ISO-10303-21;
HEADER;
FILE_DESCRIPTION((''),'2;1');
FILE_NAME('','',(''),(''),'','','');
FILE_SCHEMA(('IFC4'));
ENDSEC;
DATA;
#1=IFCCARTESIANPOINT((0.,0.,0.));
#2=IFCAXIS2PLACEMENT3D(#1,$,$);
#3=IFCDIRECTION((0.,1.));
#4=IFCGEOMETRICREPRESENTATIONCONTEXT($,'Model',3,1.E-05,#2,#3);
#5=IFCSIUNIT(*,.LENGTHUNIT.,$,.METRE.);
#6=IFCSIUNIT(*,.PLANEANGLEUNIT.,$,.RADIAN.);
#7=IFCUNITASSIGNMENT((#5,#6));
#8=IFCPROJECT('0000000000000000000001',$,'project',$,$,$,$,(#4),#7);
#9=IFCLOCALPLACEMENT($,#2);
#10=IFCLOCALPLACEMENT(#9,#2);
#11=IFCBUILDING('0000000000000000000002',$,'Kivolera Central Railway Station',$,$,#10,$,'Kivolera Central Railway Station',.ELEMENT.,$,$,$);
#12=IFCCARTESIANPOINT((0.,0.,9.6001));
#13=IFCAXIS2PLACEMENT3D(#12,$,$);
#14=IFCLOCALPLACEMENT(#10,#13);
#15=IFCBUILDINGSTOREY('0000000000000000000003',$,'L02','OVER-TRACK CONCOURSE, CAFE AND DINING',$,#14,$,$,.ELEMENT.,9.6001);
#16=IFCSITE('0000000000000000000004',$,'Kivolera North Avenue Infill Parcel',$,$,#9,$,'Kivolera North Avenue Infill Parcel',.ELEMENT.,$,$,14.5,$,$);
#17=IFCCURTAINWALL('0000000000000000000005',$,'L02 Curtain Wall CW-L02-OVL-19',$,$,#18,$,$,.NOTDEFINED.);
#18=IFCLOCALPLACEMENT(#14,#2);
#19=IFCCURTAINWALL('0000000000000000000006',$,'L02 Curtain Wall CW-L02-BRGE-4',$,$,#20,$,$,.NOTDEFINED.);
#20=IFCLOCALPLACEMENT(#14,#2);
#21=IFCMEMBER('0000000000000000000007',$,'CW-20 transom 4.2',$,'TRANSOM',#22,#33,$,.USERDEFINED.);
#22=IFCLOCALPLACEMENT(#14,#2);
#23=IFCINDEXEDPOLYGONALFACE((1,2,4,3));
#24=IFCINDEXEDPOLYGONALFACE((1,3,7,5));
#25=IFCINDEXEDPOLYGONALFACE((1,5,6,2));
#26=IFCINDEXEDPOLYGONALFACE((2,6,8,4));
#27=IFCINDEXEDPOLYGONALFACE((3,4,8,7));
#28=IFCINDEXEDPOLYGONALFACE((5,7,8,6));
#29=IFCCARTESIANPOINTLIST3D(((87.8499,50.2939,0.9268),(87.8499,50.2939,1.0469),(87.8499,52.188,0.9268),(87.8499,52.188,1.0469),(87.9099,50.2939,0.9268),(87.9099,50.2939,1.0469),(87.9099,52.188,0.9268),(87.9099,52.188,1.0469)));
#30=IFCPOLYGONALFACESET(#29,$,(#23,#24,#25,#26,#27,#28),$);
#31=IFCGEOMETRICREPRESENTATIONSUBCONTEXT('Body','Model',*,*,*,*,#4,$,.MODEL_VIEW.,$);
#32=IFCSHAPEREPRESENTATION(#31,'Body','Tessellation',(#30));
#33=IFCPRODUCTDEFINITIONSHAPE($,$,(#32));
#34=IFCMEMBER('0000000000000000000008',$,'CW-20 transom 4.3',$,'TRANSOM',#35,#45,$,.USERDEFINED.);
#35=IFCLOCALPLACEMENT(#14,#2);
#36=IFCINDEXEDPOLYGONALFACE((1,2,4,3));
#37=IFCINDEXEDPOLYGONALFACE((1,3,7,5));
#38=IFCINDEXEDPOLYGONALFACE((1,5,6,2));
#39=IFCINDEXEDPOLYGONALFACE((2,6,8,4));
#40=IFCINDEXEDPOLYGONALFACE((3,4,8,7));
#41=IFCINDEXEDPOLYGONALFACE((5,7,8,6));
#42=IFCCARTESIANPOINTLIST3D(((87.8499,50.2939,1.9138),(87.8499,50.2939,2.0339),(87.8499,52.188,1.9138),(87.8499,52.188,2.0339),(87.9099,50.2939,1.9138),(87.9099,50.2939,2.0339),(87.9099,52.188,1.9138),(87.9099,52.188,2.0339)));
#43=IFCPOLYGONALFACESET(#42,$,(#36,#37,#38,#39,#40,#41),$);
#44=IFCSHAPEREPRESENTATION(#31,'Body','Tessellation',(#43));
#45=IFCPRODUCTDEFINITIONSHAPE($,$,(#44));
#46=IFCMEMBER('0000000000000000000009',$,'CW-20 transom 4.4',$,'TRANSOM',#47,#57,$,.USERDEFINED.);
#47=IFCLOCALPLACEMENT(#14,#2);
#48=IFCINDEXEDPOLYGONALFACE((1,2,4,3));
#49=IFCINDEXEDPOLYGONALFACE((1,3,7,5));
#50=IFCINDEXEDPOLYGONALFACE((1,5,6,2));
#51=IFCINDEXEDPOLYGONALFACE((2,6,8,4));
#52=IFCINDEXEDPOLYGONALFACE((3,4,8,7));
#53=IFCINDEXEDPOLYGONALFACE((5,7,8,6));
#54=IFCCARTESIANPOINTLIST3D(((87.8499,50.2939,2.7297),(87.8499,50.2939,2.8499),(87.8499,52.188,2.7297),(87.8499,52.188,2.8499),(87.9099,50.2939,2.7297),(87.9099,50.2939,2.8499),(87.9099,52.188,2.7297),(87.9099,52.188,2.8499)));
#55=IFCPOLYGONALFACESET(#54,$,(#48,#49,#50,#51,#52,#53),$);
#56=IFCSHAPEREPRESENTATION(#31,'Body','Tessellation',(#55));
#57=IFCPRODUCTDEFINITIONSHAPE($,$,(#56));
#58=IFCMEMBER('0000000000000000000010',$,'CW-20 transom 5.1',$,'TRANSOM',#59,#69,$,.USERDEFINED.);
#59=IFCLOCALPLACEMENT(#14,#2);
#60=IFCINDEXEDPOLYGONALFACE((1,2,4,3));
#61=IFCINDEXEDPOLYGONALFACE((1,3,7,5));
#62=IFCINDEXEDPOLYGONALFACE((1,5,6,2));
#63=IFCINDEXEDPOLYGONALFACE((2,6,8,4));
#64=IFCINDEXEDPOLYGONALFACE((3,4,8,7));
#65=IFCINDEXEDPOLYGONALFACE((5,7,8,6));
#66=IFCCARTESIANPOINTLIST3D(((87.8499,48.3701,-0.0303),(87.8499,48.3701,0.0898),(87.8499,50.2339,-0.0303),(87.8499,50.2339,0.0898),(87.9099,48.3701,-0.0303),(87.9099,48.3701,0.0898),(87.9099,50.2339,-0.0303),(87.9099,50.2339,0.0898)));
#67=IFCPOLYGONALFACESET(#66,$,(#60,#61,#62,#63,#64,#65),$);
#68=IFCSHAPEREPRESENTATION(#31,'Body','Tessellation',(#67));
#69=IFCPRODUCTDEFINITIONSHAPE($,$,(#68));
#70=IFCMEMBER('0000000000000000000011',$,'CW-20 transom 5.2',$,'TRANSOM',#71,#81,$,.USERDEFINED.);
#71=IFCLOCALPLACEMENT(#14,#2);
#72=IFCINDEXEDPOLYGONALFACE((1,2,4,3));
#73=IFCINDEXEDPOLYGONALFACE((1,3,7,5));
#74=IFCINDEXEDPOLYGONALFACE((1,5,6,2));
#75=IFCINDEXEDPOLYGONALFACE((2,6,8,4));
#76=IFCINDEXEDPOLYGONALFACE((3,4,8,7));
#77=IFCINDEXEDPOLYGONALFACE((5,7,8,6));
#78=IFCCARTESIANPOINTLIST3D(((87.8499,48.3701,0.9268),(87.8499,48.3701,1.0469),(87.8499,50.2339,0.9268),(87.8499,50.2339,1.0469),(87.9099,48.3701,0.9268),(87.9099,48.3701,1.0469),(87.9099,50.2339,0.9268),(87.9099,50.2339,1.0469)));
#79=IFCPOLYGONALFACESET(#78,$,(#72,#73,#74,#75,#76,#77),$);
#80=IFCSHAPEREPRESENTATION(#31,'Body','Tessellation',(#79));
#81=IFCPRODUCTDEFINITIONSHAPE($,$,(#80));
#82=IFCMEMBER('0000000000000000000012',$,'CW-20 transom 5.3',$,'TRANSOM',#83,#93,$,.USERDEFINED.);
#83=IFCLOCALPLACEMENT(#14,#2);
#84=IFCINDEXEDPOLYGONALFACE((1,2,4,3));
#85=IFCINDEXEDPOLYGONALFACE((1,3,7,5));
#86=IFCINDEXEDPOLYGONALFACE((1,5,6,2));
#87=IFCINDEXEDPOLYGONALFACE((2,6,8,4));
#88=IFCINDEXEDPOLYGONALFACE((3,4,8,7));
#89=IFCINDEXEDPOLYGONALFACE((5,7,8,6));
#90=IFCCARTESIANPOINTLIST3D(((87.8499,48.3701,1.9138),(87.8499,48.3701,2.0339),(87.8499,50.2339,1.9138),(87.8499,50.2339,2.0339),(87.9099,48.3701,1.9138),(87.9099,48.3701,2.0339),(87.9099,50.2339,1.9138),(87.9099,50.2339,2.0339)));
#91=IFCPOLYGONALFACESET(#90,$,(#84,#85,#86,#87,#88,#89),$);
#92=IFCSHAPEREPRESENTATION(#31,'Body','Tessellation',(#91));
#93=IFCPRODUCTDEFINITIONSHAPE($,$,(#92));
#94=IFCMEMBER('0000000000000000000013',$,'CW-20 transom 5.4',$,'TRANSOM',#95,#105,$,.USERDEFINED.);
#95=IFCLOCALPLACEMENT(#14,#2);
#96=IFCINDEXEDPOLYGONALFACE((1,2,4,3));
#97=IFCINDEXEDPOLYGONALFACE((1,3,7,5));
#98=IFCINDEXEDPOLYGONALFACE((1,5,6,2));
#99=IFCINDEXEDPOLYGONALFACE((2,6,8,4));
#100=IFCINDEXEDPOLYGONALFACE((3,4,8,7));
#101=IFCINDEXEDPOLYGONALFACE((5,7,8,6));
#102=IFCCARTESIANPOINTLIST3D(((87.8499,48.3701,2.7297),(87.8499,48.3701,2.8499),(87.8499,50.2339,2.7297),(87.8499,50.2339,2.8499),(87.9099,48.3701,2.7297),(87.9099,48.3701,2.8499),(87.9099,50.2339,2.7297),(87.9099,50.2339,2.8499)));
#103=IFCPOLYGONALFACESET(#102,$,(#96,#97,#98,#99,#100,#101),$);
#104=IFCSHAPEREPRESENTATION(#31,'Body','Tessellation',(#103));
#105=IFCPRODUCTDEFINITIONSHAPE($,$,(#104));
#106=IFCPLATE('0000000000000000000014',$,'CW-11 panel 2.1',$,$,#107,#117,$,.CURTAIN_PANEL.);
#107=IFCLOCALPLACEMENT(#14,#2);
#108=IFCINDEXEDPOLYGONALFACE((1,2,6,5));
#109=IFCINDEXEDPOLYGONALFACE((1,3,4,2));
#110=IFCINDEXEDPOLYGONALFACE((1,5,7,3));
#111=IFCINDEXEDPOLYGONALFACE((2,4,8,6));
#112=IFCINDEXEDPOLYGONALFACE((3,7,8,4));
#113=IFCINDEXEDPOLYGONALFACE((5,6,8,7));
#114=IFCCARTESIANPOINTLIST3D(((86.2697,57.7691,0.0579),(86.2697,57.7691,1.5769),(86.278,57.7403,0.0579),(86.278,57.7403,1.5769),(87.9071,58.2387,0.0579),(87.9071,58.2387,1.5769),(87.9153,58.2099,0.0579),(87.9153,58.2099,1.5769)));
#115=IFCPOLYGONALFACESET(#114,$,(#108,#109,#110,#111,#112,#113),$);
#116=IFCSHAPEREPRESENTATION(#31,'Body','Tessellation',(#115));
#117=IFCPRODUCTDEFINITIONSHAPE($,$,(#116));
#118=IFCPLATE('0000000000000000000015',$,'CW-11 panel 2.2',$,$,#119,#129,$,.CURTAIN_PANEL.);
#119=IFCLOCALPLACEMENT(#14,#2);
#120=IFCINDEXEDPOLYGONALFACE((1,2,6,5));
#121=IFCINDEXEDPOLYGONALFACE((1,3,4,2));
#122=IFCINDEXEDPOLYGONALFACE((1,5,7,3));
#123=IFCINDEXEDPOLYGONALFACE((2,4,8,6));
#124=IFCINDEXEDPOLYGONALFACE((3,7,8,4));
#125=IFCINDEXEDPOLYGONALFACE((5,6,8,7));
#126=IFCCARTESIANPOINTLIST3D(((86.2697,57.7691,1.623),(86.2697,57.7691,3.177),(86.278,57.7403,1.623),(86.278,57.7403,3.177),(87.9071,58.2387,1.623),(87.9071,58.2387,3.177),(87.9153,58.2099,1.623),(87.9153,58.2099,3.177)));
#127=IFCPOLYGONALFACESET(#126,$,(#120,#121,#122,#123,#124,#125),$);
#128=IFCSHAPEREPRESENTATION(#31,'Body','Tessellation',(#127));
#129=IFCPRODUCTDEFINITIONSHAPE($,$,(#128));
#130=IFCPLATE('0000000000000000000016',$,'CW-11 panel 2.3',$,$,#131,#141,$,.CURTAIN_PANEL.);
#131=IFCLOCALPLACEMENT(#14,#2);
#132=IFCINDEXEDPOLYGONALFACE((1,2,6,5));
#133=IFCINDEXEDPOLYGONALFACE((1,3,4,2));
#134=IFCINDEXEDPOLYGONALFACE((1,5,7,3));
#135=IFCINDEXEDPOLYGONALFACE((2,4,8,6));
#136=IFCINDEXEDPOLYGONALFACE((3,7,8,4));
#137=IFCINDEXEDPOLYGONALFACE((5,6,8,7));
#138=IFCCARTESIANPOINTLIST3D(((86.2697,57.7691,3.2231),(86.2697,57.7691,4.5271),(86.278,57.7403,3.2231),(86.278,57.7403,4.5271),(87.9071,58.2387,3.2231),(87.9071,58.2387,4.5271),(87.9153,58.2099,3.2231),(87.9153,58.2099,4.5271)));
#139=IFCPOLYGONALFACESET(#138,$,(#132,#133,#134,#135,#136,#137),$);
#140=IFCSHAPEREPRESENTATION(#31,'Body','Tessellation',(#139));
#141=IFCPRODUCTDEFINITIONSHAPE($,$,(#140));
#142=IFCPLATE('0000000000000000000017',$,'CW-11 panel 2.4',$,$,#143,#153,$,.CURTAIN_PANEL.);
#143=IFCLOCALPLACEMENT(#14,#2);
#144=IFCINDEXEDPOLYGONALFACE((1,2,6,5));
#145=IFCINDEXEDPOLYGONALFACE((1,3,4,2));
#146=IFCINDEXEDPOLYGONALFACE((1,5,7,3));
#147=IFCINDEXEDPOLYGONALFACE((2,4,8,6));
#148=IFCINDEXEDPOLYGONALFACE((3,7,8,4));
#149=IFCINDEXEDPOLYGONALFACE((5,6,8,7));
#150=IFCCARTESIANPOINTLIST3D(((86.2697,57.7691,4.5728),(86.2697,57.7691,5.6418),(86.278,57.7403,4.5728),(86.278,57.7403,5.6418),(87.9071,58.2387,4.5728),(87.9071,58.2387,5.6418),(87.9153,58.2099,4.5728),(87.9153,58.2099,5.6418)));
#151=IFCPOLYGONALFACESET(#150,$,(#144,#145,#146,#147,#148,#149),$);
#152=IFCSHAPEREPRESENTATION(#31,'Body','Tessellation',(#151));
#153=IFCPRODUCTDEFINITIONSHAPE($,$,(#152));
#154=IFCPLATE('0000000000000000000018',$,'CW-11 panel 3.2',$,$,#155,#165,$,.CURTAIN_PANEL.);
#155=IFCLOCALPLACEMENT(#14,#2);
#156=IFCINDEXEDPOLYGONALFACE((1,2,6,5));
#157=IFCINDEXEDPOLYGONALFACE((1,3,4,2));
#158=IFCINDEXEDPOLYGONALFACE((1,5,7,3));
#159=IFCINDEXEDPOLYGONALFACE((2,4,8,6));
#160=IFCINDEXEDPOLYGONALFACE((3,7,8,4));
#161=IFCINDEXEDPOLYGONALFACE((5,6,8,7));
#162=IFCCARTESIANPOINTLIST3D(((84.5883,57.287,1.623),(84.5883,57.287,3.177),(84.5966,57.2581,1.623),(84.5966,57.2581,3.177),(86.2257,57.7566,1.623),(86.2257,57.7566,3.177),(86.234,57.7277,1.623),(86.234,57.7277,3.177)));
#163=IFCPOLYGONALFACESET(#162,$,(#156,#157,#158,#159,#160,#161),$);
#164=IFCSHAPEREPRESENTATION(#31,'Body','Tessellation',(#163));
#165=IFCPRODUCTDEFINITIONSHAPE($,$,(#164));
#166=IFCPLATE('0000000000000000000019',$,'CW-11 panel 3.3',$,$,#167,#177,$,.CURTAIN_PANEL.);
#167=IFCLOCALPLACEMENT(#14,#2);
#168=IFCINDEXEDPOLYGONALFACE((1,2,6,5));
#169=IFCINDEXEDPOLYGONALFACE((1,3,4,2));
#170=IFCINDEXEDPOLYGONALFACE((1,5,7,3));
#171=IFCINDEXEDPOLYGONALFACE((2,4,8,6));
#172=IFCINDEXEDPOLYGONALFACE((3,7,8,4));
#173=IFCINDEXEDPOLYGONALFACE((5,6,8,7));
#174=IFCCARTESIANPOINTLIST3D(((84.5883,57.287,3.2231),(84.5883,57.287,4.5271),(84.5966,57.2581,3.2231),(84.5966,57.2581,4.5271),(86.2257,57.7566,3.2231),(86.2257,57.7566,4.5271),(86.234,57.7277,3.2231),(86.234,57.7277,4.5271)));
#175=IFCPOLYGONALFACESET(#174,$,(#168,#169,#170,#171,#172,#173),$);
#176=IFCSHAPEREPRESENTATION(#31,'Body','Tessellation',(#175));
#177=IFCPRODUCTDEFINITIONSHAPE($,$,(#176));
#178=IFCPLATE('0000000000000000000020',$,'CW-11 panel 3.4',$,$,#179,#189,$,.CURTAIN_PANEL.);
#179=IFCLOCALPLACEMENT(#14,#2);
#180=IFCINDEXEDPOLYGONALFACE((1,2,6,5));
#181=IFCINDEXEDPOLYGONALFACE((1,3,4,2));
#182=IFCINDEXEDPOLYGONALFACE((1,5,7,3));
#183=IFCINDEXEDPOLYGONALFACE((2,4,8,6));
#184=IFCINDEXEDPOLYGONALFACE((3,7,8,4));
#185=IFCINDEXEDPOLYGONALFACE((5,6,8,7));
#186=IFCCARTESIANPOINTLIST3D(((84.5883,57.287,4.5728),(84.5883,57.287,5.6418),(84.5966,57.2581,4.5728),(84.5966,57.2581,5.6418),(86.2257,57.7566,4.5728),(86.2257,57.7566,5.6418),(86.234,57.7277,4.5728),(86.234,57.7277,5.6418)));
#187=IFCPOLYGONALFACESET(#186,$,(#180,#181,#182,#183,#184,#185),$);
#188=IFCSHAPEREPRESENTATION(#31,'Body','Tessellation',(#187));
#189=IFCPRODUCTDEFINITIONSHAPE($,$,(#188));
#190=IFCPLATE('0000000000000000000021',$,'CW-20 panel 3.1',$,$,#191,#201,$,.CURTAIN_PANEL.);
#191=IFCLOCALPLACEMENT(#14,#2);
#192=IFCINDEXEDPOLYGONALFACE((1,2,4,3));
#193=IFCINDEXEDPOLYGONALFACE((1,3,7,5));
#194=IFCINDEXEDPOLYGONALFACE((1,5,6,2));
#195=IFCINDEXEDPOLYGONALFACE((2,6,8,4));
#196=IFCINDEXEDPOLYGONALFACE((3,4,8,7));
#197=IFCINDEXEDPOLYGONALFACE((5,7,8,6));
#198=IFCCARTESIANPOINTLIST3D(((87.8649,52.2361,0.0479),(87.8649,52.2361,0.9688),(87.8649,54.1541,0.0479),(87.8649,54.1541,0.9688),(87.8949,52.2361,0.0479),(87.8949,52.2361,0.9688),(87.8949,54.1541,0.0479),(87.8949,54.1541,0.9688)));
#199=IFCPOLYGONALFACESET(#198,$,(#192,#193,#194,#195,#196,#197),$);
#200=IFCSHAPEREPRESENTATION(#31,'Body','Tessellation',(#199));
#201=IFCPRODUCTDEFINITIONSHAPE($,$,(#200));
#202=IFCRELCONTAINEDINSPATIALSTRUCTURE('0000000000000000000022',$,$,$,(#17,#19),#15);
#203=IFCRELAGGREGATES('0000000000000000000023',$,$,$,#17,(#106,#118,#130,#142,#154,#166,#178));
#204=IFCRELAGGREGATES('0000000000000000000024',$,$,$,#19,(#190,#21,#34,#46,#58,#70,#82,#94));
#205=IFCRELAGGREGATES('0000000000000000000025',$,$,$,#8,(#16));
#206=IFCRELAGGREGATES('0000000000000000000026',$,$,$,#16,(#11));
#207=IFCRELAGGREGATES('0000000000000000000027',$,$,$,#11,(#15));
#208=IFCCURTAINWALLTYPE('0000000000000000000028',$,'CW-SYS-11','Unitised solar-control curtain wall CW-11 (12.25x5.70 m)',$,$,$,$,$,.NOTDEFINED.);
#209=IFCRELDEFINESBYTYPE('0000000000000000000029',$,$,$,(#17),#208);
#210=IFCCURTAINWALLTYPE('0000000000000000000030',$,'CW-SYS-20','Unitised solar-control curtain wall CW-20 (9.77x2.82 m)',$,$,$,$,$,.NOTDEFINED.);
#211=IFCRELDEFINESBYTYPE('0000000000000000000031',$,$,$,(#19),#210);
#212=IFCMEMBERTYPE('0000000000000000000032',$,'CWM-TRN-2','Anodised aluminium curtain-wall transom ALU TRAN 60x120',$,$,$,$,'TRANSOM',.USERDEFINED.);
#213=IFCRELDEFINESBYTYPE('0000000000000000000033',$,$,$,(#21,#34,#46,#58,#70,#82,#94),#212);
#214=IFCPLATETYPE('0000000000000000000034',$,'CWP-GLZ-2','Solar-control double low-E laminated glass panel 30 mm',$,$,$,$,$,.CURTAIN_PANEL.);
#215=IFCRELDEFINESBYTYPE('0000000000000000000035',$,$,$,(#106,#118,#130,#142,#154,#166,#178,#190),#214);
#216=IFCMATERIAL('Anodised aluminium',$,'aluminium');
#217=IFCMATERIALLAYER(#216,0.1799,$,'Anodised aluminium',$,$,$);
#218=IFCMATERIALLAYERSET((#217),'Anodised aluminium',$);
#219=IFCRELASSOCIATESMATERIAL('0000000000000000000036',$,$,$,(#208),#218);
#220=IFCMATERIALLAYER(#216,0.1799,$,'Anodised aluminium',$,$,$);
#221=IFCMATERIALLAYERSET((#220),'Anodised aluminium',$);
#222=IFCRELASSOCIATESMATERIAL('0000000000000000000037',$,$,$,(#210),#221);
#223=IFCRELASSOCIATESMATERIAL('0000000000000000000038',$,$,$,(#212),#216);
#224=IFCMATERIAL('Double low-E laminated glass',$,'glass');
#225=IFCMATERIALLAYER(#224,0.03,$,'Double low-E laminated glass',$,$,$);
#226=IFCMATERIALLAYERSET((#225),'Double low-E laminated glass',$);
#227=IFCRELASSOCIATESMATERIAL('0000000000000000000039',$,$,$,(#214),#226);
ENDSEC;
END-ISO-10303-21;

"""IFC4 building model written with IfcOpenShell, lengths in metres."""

from ifc_helpers import new_model, si_unit, direction, frame, origin, origin_2d, place, context, subcontext, project, spatial, rectangle, extrude, material, layer, layer_set, material_profile, profile_set, type_object, element, aggregate, save


model = new_model("IFC4")

# Units and contexts
model_context = context("Model", 3, precision=1e-05, world=origin(), true_north=direction((0.0, 1.0)))
body_context = subcontext(model_context, "Body", "Model", "MODEL_VIEW")
ifc_project = project(units=[si_unit("LENGTHUNIT", "METRE"), si_unit("PLANEANGLEUNIT", "RADIAN")], contexts=[model_context])

# Site, building, storey
site_placement = place(None, origin())
site = spatial("IfcSite", under=ifc_project, at=site_placement, Name="Kivolera North Avenue Infill Parcel", LongName="Kivolera North Avenue Infill Parcel", CompositionType="ELEMENT", RefElevation=14.5)
building_placement = place(site_placement, origin())
building = spatial("IfcBuilding", under=site, at=building_placement, Name="Kivolera Central Railway Station", LongName="Kivolera Central Railway Station", CompositionType="ELEMENT")
storey_placement = place(building_placement, frame((0.0, 0.0, 9.6001)))
storey = spatial("IfcBuildingStorey", under=building, at=storey_placement, Name="L02", Description="OVER-TRACK CONCOURSE, CAFE AND DINING", CompositionType="ELEMENT", Elevation=9.6001)

# Curtain wall
ifc_material_1 = material(Name="Anodised aluminium", Category="aluminium")
ifc_layer_1 = layer(ifc_material_1, 0.1799, Name="Anodised aluminium")
ifc_layer_set_1 = layer_set([ifc_layer_1], Name="Anodised aluminium")
curtain_wall_type_1 = type_object("IfcCurtainWallType", Name="CW-SYS-11", Description="Unitised solar-control curtain wall CW-11 (12.25x5.70 m)", PredefinedType="NOTDEFINED", material=ifc_layer_set_1)
curtain_wall_1_placement = place(storey_placement, origin())
curtain_wall_1 = element("IfcCurtainWall", 1, at=curtain_wall_1_placement, inside=storey, type_object=curtain_wall_type_1, Name="L02 Curtain Wall CW-L02-OVL-19", PredefinedType="NOTDEFINED")

# Curtain wall
ifc_layer_2 = layer(ifc_material_1, 0.1799, Name="Anodised aluminium")
ifc_layer_set_2 = layer_set([ifc_layer_2], Name="Anodised aluminium")
curtain_wall_type_2 = type_object("IfcCurtainWallType", Name="CW-SYS-20", Description="Unitised solar-control curtain wall CW-20 (9.77x2.82 m)", PredefinedType="NOTDEFINED", material=ifc_layer_set_2)
curtain_wall_2_placement = place(storey_placement, origin())
curtain_wall_2 = element("IfcCurtainWall", 2, at=curtain_wall_2_placement, inside=storey, type_object=curtain_wall_type_2, Name="L02 Curtain Wall CW-L02-BRGE-4", PredefinedType="NOTDEFINED")

# Members
ifc_material_profile_1 = material_profile(ifc_material_1, rectangle(XDim=0.0601, YDim=0.1201, at=origin_2d()), Name="ALU TRAN 60x120")
ifc_profile_set_1 = profile_set([ifc_material_profile_1], Name="Anodised aluminium")
member_type_1 = type_object("IfcMemberType", Name="CWM-TRN-2", Description="Anodised aluminium curtain-wall transom ALU TRAN 60x120", ElementType="TRANSOM", PredefinedType="USERDEFINED", material=ifc_profile_set_1)
member_1_placement = place(storey_placement, frame((87.8799, 52.188, 0.9868), z_axis=(0.0, -1.0, 0.0), x_axis=(1.0, 0.0, 0.0)))
member_1 = element("IfcMember", 3, at=member_1_placement, type_object=member_type_1, Name="CW-20 transom 4.2", ObjectType="TRANSOM", PredefinedType="USERDEFINED", context=body_context, shape_type="SweptSolid", body=[
    extrude(rectangle(XDim=0.0601, YDim=0.1201, at=origin_2d()), origin(), (0.0, 0.0, 1.0), 1.894),
])
member_2_placement = place(storey_placement, frame((87.8799, 52.188, 1.9739), z_axis=(0.0, -1.0, 0.0), x_axis=(1.0, 0.0, 0.0)))
member_2 = element("IfcMember", 4, at=member_2_placement, type_object=member_type_1, Name="CW-20 transom 4.3", ObjectType="TRANSOM", PredefinedType="USERDEFINED", context=body_context, shape_type="SweptSolid", body=[
    extrude(rectangle(XDim=0.0601, YDim=0.1201, at=origin_2d()), origin(), (0.0, 0.0, 1.0), 1.894),
])
member_3_placement = place(storey_placement, frame((87.8799, 52.188, 2.7898), z_axis=(0.0, -1.0, 0.0), x_axis=(1.0, 0.0, 0.0)))
member_3 = element("IfcMember", 5, at=member_3_placement, type_object=member_type_1, Name="CW-20 transom 4.4", ObjectType="TRANSOM", PredefinedType="USERDEFINED", context=body_context, shape_type="SweptSolid", body=[
    extrude(rectangle(XDim=0.0601, YDim=0.1201, at=origin_2d()), origin(), (0.0, 0.0, 1.0), 1.894),
])
member_4_placement = place(storey_placement, frame((87.8799, 50.2339, 0.0298), z_axis=(0.0, -1.0, 0.0), x_axis=(1.0, 0.0, 0.0)))
member_4 = element("IfcMember", 6, at=member_4_placement, type_object=member_type_1, Name="CW-20 transom 5.1", ObjectType="TRANSOM", PredefinedType="USERDEFINED", context=body_context, shape_type="SweptSolid", body=[
    extrude(rectangle(XDim=0.0601, YDim=0.1201, at=origin_2d()), origin(), (0.0, 0.0, 1.0), 1.8638),
])
member_5_placement = place(storey_placement, frame((87.8799, 50.2339, 0.9868), z_axis=(0.0, -1.0, 0.0), x_axis=(1.0, 0.0, 0.0)))
member_5 = element("IfcMember", 7, at=member_5_placement, type_object=member_type_1, Name="CW-20 transom 5.2", ObjectType="TRANSOM", PredefinedType="USERDEFINED", context=body_context, shape_type="SweptSolid", body=[
    extrude(rectangle(XDim=0.0601, YDim=0.1201, at=origin_2d()), origin(), (0.0, 0.0, 1.0), 1.8638),
])
member_6_placement = place(storey_placement, frame((87.8799, 50.2339, 1.9739), z_axis=(0.0, -1.0, 0.0), x_axis=(1.0, 0.0, 0.0)))
member_6 = element("IfcMember", 8, at=member_6_placement, type_object=member_type_1, Name="CW-20 transom 5.3", ObjectType="TRANSOM", PredefinedType="USERDEFINED", context=body_context, shape_type="SweptSolid", body=[
    extrude(rectangle(XDim=0.0601, YDim=0.1201, at=origin_2d()), origin(), (0.0, 0.0, 1.0), 1.8638),
])
member_7_placement = place(storey_placement, frame((87.8799, 50.2339, 2.7898), z_axis=(0.0, -1.0, 0.0), x_axis=(1.0, 0.0, 0.0)))
member_7 = element("IfcMember", 9, at=member_7_placement, type_object=member_type_1, Name="CW-20 transom 5.4", ObjectType="TRANSOM", PredefinedType="USERDEFINED", context=body_context, shape_type="SweptSolid", body=[
    extrude(rectangle(XDim=0.0601, YDim=0.1201, at=origin_2d()), origin(), (0.0, 0.0, 1.0), 1.8638),
])

# Plates
ifc_material_2 = material(Name="Double low-E laminated glass", Category="glass")
ifc_layer_3 = layer(ifc_material_2, 0.03, Name="Double low-E laminated glass")
ifc_layer_set_3 = layer_set([ifc_layer_3], Name="Double low-E laminated glass")
plate_type = type_object("IfcPlateType", Name="CWP-GLZ-2", Description="Solar-control double low-E laminated glass panel 30 mm", PredefinedType="CURTAIN_PANEL", material=ifc_layer_set_3)
plate_1_placement = place(storey_placement, frame((87.0925, 57.9895, 0.0579), z_axis=(0.0, 0.0, 1.0), x_axis=(-0.961246, -0.275692, 0.0)))
plate_1 = element("IfcPlate", 10, at=plate_1_placement, type_object=plate_type, Name="CW-11 panel 2.1", PredefinedType="CURTAIN_PANEL", context=body_context, shape_type="SweptSolid", body=[
    extrude(rectangle(XDim=1.7034, YDim=0.03, at=origin_2d()), origin(), (0.0, 0.0, 1.0), 1.519),
])
plate_2_placement = place(storey_placement, frame((87.0925, 57.9895, 1.623), z_axis=(0.0, 0.0, 1.0), x_axis=(-0.961246, -0.275692, 0.0)))
plate_2 = element("IfcPlate", 11, at=plate_2_placement, type_object=plate_type, Name="CW-11 panel 2.2", PredefinedType="CURTAIN_PANEL", context=body_context, shape_type="SweptSolid", body=[
    extrude(rectangle(XDim=1.7034, YDim=0.03, at=origin_2d()), origin(), (0.0, 0.0, 1.0), 1.554),
])
plate_3_placement = place(storey_placement, frame((87.0925, 57.9895, 3.2231), z_axis=(0.0, 0.0, 1.0), x_axis=(-0.961246, -0.275692, 0.0)))
plate_3 = element("IfcPlate", 12, at=plate_3_placement, type_object=plate_type, Name="CW-11 panel 2.3", PredefinedType="CURTAIN_PANEL", context=body_context, shape_type="SweptSolid", body=[
    extrude(rectangle(XDim=1.7034, YDim=0.03, at=origin_2d()), origin(), (0.0, 0.0, 1.0), 1.304),
])
plate_4_placement = place(storey_placement, frame((87.0925, 57.9895, 4.5728), z_axis=(0.0, 0.0, 1.0), x_axis=(-0.961246, -0.275692, 0.0)))
plate_4 = element("IfcPlate", 13, at=plate_4_placement, type_object=plate_type, Name="CW-11 panel 2.4", PredefinedType="CURTAIN_PANEL", context=body_context, shape_type="SweptSolid", body=[
    extrude(rectangle(XDim=1.7034, YDim=0.03, at=origin_2d()), origin(), (0.0, 0.0, 1.0), 1.0691),
])
plate_5_placement = place(storey_placement, frame((85.4111, 57.5073, 1.623), z_axis=(0.0, 0.0, 1.0), x_axis=(-0.961246, -0.275692, 0.0)))
plate_5 = element("IfcPlate", 14, at=plate_5_placement, type_object=plate_type, Name="CW-11 panel 3.2", PredefinedType="CURTAIN_PANEL", context=body_context, shape_type="SweptSolid", body=[
    extrude(rectangle(XDim=1.7034, YDim=0.03, at=origin_2d()), origin(), (0.0, 0.0, 1.0), 1.554),
])
plate_6_placement = place(storey_placement, frame((85.4111, 57.5073, 3.2231), z_axis=(0.0, 0.0, 1.0), x_axis=(-0.961246, -0.275692, 0.0)))
plate_6 = element("IfcPlate", 15, at=plate_6_placement, type_object=plate_type, Name="CW-11 panel 3.3", PredefinedType="CURTAIN_PANEL", context=body_context, shape_type="SweptSolid", body=[
    extrude(rectangle(XDim=1.7034, YDim=0.03, at=origin_2d()), origin(), (0.0, 0.0, 1.0), 1.304),
])
plate_7_placement = place(storey_placement, frame((85.4111, 57.5073, 4.5728), z_axis=(0.0, 0.0, 1.0), x_axis=(-0.961246, -0.275692, 0.0)))
plate_7 = element("IfcPlate", 16, at=plate_7_placement, type_object=plate_type, Name="CW-11 panel 3.4", PredefinedType="CURTAIN_PANEL", context=body_context, shape_type="SweptSolid", body=[
    extrude(rectangle(XDim=1.7034, YDim=0.03, at=origin_2d()), origin(), (0.0, 0.0, 1.0), 1.0691),
])
aggregate(curtain_wall_1, [plate_1, plate_2, plate_3, plate_4, plate_5, plate_6, plate_7])
plate_8_placement = place(storey_placement, frame((87.8799, 53.1951, 0.0479), z_axis=(0.0, 0.0, 1.0), x_axis=(0.0, -1.0, 0.0)))
plate_8 = element("IfcPlate", 17, at=plate_8_placement, type_object=plate_type, Name="CW-20 panel 3.1", PredefinedType="CURTAIN_PANEL", context=body_context, shape_type="SweptSolid", body=[
    extrude(rectangle(XDim=1.918, YDim=0.03, at=origin_2d()), origin(), (0.0, 0.0, 1.0), 0.9209),
])
aggregate(curtain_wall_2, [plate_8, member_1, member_2, member_3, member_4, member_5, member_6, member_7])

save(model, "model.ifc")
